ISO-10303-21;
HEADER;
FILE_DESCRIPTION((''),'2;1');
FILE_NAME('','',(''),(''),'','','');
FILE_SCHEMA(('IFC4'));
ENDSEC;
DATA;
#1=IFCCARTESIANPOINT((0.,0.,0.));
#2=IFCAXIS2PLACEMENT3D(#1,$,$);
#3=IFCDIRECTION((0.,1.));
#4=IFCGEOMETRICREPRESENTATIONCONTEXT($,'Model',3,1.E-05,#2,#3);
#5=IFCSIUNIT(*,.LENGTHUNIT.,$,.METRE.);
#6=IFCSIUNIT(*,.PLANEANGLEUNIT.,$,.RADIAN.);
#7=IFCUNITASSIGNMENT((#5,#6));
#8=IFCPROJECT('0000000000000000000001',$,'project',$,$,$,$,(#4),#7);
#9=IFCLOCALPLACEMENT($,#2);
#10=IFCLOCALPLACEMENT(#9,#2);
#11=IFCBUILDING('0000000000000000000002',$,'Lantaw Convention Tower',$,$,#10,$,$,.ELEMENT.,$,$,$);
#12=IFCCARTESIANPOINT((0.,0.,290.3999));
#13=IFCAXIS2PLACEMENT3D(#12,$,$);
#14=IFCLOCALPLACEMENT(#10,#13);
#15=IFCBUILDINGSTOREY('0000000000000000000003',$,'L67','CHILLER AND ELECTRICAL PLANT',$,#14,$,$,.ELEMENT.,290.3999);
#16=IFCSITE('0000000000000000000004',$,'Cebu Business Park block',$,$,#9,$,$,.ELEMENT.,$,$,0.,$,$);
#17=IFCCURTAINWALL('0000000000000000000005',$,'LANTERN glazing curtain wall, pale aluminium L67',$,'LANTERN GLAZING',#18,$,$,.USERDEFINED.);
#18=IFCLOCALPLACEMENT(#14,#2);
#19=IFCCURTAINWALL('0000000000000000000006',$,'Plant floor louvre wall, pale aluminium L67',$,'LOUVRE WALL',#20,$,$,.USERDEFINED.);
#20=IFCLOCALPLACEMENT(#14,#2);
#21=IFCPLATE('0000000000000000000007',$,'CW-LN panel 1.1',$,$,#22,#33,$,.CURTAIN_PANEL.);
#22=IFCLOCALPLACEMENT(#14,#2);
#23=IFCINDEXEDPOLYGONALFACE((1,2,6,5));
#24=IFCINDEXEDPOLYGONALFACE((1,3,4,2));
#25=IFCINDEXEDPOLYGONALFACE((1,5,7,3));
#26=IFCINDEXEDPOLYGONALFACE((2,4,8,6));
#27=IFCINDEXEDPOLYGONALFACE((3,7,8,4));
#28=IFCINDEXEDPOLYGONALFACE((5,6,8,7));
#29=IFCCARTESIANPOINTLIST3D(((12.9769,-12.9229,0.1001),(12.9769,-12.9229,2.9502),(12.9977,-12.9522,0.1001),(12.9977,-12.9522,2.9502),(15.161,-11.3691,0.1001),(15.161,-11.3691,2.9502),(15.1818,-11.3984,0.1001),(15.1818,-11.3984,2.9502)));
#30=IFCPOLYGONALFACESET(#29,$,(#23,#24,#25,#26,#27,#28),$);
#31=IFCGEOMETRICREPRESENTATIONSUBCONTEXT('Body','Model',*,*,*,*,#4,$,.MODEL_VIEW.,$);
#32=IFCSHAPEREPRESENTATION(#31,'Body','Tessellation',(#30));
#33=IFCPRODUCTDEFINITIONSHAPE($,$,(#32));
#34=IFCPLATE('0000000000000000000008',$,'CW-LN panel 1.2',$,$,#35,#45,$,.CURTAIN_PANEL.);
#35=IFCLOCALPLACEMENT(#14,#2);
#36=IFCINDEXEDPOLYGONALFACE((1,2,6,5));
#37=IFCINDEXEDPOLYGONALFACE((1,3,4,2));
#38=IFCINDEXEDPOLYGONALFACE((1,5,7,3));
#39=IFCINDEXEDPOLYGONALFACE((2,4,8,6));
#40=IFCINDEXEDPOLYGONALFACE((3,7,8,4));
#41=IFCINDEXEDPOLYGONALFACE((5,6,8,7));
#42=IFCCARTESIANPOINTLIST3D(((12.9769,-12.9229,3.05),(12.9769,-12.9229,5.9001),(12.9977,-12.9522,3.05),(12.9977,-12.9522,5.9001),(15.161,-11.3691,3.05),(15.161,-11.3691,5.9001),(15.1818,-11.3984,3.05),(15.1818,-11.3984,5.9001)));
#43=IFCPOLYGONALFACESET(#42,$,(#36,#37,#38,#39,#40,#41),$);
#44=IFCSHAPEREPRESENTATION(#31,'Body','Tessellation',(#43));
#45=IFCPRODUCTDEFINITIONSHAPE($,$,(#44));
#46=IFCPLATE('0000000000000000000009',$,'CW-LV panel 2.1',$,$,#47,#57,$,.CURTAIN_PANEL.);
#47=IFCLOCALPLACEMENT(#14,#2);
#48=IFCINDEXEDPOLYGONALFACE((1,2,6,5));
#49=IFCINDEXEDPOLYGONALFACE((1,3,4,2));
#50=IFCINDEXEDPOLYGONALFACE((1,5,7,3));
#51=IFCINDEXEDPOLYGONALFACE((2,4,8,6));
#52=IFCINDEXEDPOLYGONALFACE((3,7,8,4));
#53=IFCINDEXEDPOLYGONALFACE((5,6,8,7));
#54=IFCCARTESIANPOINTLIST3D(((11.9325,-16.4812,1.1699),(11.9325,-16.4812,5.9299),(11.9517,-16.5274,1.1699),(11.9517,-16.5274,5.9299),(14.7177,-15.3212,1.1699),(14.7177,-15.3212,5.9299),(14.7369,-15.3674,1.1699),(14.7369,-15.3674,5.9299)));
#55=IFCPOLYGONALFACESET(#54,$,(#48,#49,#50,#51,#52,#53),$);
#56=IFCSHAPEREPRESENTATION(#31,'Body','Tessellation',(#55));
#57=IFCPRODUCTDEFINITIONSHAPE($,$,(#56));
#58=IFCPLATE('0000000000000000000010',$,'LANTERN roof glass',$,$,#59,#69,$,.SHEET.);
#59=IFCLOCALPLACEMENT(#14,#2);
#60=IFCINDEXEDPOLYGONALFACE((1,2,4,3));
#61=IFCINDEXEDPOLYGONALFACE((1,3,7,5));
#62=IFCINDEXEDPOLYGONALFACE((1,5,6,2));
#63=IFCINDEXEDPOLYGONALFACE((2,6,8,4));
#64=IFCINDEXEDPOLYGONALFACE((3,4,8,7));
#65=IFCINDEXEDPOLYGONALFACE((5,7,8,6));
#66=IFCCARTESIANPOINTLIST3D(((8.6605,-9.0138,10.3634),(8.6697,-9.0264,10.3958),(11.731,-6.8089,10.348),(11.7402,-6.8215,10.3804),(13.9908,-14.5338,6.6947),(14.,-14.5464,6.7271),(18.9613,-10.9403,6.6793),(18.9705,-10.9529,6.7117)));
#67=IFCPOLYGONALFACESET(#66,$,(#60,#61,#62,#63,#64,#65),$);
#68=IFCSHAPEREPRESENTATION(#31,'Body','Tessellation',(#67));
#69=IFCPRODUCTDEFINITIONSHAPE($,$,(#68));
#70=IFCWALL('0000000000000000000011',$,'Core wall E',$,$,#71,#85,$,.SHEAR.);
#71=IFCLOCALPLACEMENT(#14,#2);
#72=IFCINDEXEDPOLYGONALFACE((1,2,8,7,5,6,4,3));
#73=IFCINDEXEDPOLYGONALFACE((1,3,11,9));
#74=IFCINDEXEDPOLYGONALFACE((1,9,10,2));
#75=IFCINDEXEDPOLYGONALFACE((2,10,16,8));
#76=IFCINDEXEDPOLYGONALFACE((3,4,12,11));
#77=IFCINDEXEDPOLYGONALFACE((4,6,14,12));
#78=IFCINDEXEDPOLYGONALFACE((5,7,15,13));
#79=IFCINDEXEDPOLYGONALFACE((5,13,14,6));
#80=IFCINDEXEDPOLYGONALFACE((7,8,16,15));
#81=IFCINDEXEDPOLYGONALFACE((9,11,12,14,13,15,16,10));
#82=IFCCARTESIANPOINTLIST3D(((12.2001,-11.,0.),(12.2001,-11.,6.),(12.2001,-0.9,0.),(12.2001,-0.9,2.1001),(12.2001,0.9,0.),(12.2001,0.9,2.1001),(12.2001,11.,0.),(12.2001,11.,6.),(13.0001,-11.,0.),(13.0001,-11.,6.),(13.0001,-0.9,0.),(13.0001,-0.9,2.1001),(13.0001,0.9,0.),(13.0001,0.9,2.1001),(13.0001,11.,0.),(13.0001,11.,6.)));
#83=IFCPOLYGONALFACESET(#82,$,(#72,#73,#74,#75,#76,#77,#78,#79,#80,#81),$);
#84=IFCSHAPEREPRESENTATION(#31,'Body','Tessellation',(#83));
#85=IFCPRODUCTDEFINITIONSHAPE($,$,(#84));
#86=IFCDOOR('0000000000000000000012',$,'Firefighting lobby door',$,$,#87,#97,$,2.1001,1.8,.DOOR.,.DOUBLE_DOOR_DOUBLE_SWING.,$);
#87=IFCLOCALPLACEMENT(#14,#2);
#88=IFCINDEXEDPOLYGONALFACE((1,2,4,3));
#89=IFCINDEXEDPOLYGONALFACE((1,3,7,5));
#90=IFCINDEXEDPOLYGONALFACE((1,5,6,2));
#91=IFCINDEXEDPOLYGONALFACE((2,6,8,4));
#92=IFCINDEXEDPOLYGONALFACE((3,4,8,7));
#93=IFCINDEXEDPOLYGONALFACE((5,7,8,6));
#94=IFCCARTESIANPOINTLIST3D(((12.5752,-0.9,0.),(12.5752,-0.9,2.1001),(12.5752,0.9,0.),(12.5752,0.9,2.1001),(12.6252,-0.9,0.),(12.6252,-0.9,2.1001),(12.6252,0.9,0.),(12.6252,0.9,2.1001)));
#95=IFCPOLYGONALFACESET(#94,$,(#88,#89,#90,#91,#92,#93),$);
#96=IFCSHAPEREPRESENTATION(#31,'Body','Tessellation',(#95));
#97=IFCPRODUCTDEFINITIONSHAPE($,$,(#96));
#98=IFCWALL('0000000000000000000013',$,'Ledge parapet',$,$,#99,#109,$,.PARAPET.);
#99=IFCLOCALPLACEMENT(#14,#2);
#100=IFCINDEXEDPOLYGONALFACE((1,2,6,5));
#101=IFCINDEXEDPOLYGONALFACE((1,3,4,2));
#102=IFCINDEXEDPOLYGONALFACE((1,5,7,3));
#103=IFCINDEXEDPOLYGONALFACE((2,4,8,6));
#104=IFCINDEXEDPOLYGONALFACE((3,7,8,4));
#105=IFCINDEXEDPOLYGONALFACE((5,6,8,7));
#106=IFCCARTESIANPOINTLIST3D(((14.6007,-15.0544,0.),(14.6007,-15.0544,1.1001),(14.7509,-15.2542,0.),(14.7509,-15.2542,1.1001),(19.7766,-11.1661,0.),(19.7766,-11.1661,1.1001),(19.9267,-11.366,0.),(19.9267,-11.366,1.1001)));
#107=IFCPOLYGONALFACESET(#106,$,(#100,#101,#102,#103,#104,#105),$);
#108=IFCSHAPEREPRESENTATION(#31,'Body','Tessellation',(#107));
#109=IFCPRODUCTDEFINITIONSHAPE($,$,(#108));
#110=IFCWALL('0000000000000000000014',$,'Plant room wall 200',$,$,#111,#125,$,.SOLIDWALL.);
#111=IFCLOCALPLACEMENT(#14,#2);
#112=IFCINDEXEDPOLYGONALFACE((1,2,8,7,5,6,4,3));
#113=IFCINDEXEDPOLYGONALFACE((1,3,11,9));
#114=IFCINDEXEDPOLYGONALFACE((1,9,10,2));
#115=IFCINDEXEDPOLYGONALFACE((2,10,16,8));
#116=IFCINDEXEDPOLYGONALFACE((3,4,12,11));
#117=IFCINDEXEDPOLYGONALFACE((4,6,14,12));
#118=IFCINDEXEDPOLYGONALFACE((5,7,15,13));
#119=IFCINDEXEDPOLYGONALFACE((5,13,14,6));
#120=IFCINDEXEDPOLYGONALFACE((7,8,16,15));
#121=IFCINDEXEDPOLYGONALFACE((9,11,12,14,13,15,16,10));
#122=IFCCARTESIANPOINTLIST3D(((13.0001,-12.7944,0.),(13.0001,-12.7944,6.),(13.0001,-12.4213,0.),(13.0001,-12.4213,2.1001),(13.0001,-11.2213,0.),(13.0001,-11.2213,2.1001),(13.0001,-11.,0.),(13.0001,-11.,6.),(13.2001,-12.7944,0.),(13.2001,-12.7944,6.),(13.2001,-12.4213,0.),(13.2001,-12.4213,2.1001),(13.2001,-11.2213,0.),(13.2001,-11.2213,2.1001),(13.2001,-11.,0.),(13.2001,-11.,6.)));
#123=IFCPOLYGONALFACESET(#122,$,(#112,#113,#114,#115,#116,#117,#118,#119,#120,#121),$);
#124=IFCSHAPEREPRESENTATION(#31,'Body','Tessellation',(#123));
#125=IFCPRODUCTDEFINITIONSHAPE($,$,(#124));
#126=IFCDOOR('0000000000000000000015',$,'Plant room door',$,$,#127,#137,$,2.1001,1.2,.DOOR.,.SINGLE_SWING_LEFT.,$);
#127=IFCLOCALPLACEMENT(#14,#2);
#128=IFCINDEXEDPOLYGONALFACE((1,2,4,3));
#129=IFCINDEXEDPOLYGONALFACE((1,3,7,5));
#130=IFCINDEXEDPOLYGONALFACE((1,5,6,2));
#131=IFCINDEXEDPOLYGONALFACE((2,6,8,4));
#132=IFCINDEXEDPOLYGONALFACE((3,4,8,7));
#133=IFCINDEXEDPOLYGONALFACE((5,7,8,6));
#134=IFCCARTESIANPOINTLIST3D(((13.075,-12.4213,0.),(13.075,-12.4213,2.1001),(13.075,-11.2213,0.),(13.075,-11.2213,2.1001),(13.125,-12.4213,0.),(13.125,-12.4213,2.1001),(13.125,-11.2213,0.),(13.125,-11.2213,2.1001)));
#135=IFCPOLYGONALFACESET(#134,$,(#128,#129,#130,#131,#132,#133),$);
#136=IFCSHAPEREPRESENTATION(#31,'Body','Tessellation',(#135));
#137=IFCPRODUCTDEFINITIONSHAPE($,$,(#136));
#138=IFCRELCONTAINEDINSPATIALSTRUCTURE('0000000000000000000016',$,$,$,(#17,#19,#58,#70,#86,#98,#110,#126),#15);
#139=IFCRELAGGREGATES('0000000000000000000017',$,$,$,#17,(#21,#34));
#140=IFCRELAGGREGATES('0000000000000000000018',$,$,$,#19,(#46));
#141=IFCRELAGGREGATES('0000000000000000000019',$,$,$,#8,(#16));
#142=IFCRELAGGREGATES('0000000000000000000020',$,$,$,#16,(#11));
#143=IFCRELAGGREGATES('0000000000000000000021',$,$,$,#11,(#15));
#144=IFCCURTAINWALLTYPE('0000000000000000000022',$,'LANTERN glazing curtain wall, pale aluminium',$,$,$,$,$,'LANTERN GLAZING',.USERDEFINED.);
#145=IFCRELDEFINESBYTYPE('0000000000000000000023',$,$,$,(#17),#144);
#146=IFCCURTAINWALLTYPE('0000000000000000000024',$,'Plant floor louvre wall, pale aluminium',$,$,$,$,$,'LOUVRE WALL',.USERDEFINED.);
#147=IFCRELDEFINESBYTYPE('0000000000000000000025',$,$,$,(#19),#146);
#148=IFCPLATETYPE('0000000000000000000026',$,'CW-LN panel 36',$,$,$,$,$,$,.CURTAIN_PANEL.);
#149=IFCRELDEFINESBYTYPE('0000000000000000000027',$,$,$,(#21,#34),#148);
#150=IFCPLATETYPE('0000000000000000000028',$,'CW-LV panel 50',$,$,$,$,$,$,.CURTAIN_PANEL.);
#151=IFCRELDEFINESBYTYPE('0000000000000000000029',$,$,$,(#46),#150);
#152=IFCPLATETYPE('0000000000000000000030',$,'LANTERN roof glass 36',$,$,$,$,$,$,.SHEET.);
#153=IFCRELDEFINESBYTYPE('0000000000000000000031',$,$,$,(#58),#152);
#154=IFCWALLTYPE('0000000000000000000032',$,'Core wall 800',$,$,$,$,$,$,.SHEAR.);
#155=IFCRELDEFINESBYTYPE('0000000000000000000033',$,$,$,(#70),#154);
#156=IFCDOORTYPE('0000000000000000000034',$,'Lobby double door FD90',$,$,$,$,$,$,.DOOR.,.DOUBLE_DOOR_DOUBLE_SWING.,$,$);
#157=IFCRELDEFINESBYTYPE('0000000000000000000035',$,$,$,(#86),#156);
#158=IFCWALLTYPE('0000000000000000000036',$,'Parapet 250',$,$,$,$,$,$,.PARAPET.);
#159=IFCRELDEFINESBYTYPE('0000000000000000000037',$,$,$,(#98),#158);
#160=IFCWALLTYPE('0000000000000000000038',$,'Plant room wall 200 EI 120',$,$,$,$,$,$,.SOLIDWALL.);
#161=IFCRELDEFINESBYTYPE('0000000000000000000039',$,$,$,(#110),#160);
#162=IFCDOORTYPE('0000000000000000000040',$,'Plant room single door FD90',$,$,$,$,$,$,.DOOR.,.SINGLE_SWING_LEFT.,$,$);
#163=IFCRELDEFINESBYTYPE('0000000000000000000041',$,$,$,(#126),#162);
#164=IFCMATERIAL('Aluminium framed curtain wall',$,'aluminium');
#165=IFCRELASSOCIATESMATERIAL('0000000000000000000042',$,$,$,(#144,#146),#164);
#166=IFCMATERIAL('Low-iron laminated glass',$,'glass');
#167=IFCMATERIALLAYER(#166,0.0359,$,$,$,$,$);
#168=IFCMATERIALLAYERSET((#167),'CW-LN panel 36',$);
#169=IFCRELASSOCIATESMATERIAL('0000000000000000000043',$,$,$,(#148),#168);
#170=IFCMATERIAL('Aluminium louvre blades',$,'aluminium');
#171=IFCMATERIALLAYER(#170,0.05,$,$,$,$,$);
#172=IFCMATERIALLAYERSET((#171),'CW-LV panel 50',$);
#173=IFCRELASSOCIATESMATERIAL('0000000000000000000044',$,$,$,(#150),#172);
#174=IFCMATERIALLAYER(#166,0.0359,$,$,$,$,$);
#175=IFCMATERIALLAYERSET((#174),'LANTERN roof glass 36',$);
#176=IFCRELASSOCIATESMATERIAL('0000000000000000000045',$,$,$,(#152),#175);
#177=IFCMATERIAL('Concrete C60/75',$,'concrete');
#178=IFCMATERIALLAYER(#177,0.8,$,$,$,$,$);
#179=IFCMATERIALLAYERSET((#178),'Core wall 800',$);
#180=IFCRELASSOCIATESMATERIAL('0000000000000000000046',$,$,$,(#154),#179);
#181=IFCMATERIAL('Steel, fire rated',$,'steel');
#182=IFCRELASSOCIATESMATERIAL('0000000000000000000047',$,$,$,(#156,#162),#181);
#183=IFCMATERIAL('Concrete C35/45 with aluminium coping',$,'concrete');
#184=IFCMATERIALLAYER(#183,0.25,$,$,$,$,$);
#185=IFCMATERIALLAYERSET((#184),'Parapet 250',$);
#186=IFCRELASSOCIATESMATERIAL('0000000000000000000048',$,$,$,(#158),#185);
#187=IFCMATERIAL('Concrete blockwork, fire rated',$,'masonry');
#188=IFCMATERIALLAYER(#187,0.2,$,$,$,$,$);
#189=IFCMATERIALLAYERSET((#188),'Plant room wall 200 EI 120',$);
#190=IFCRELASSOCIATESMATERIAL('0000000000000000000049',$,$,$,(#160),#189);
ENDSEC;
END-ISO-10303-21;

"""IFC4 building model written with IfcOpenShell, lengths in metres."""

from ifc_helpers import new_model, si_unit, direction, frame, frame_2d, origin, origin_2d, place, context, subcontext, project, spatial, polyline, rectangle, outline, extrude, material, layer, layer_set, type_object, element, fill, aggregate, save


model = new_model("IFC4")

# Units and contexts
model_context = context("Model", 3, precision=1e-05, world=origin(), true_north=direction((0.0, 1.0)))
body_context = subcontext(model_context, "Body", "Model", "MODEL_VIEW")
ifc_project = project(units=[si_unit("LENGTHUNIT", "METRE"), si_unit("PLANEANGLEUNIT", "RADIAN")], contexts=[model_context])

# Site, building, storey
site_placement = place(None, origin())
site = spatial("IfcSite", under=ifc_project, at=site_placement, Name="Cebu Business Park block", CompositionType="ELEMENT", RefElevation=0.0)
building_placement = place(site_placement, origin())
building = spatial("IfcBuilding", under=site, at=building_placement, Name="Lantaw Convention Tower", CompositionType="ELEMENT")
storey_placement = place(building_placement, frame((0.0, 0.0, 290.3999)))
storey = spatial("IfcBuildingStorey", under=building, at=storey_placement, Name="L67", Description="CHILLER AND ELECTRICAL PLANT", CompositionType="ELEMENT", Elevation=290.3999)

# Shared definitions
ifc_material_1 = material(Name="Concrete C60/75", Category="concrete")

# Shared definitions
ifc_material_2 = material(Name="Aluminium framed curtain wall", Category="aluminium")
curtain_wall_type_1 = type_object("IfcCurtainWallType", Name="LANTERN glazing curtain wall, pale aluminium", ElementType="LANTERN GLAZING", PredefinedType="USERDEFINED", material=ifc_material_2)

# Curtain walls
curtain_wall_1_placement = place(storey_placement, origin())
curtain_wall_1 = element("IfcCurtainWall", 1, at=curtain_wall_1_placement, inside=storey, type_object=curtain_wall_type_1, Name="LANTERN glazing curtain wall, pale aluminium L67", ObjectType="LANTERN GLAZING", PredefinedType="USERDEFINED")
curtain_wall_type_2 = type_object("IfcCurtainWallType", Name="Plant floor louvre wall, pale aluminium", ElementType="LOUVRE WALL", PredefinedType="USERDEFINED", material=ifc_material_2)
curtain_wall_2_placement = place(storey_placement, origin())
curtain_wall_2 = element("IfcCurtainWall", 2, at=curtain_wall_2_placement, inside=storey, type_object=curtain_wall_type_2, Name="Plant floor louvre wall, pale aluminium L67", ObjectType="LOUVRE WALL", PredefinedType="USERDEFINED")

# Plates
ifc_material_3 = material(Name="Low-iron laminated glass", Category="glass")
ifc_layer_1 = layer(ifc_material_3, 0.0359)
ifc_layer_set_1 = layer_set([ifc_layer_1], Name="CW-LN panel 36")
plate_type_1 = type_object("IfcPlateType", Name="CW-LN panel 36", PredefinedType="CURTAIN_PANEL", material=ifc_layer_set_1)
plate_1_placement = place(storey_placement, frame((14.0793, -12.1606, 0.1001), z_axis=(0.0, 0.0, 1.0), x_axis=(0.814841, 0.579684, 0.0)))
plate_1 = element("IfcPlate", 3, at=plate_1_placement, type_object=plate_type_1, Name="CW-LN panel 1.1", PredefinedType="CURTAIN_PANEL", context=body_context, shape_type="SweptSolid", body=[
    extrude(rectangle(XDim=2.6804, YDim=0.0359, at=origin_2d()), origin(), (0.0, 0.0, 1.0), 2.8501),
])
plate_2_placement = place(storey_placement, frame((14.0793, -12.1606, 3.05), z_axis=(0.0, 0.0, 1.0), x_axis=(0.814841, 0.579684, 0.0)))
plate_2 = element("IfcPlate", 4, at=plate_2_placement, type_object=plate_type_1, Name="CW-LN panel 1.2", PredefinedType="CURTAIN_PANEL", context=body_context, shape_type="SweptSolid", body=[
    extrude(rectangle(XDim=2.6804, YDim=0.0359, at=origin_2d()), origin(), (0.0, 0.0, 1.0), 2.8501),
])
aggregate(curtain_wall_1, [plate_1, plate_2])
ifc_material_4 = material(Name="Aluminium louvre blades", Category="aluminium")
ifc_layer_2 = layer(ifc_material_4, 0.05)
ifc_layer_set_2 = layer_set([ifc_layer_2], Name="CW-LV panel 50")
plate_type_2 = type_object("IfcPlateType", Name="CW-LV panel 50", PredefinedType="CURTAIN_PANEL", material=ifc_layer_set_2)
plate_3_placement = place(storey_placement, frame((13.3347, -15.9243, 1.1699), z_axis=(0.0, 0.0, 1.0), x_axis=(0.923142, 0.38446, 0.0)))
plate_3 = element("IfcPlate", 5, at=plate_3_placement, type_object=plate_type_2, Name="CW-LV panel 2.1", PredefinedType="CURTAIN_PANEL", context=body_context, shape_type="SweptSolid", body=[
    extrude(rectangle(XDim=3.0171, YDim=0.05, at=origin_2d()), origin(), (0.0, 0.0, 1.0), 4.76),
])
aggregate(curtain_wall_2, [plate_3])
ifc_layer_3 = layer(ifc_material_3, 0.0359)
ifc_layer_set_3 = layer_set([ifc_layer_3], Name="LANTERN roof glass 36")
plate_type_3 = type_object("IfcPlateType", Name="LANTERN roof glass 36", PredefinedType="SHEET", material=ifc_layer_set_3)
plate_4_placement = place(storey_placement, frame((14.0, -14.5464, 6.7271), z_axis=(0.256476, -0.350897, 0.900606), x_axis=(0.810388, 0.585888, -0.002508)))
element("IfcPlate", 6, at=plate_4_placement, inside=storey, type_object=plate_type_3, Name="LANTERN roof glass", PredefinedType="SHEET", context=body_context, shape_type="SweptSolid", body=[
    extrude(outline(polyline([(0.0, 0.0), (6.1334, 0.0), (2.6855, 8.4211), (-1.0947, 8.4347), (0.0, 0.0)])), origin(), (0.0, 0.0, -1.0), 0.0359),
])

# Wall, opening, door
ifc_layer_4 = layer(ifc_material_1, 0.8)
ifc_layer_set_4 = layer_set([ifc_layer_4], Name="Core wall 800")
wall_type_1 = type_object("IfcWallType", Name="Core wall 800", PredefinedType="SHEAR", material=ifc_layer_set_4)
wall_1_placement = place(storey_placement, frame((12.6001, -11.0, 0.0), z_axis=(0.0, 0.0, 1.0), x_axis=(0.0, 1.0, 0.0)))
wall_1 = element("IfcWall", 7, at=wall_1_placement, inside=storey, type_object=wall_type_1, Name="Core wall E", PredefinedType="SHEAR", context=body_context, shape_type="SweptSolid", body=[
    extrude(rectangle(XDim=22.0, YDim=0.8, at=frame_2d((11.0, 0.0))), origin(), (0.0, 0.0, 1.0), 6.0),
])
opening_1_placement = place(wall_1_placement, frame((10.1001, 0.0, 0.0)))
opening_1 = element("IfcOpeningElement", 8, at=opening_1_placement, cuts=wall_1, PredefinedType="OPENING", context=body_context, shape_type="SweptSolid", body=[
    extrude(rectangle(XDim=1.8, YDim=2.1001, at=frame_2d((0.8999, 1.05))), frame((0.0, 0.4099, 0.0), z_axis=(0.0, -1.0, 0.0), x_axis=(1.0, 0.0, 0.0)), (0.0, 0.0, 1.0), 0.8201),
])
ifc_material_5 = material(Name="Steel, fire rated", Category="steel")
door_type_1 = type_object("IfcDoorType", Name="Lobby double door FD90", OperationType="DOUBLE_DOOR_DOUBLE_SWING", PredefinedType="DOOR", material=ifc_material_5)
door_1_placement = place(opening_1_placement, origin())
door_1 = element("IfcDoor", 9, at=door_1_placement, inside=storey, type_object=door_type_1, Name="Firefighting lobby door", OperationType="DOUBLE_DOOR_DOUBLE_SWING", OverallHeight=2.1001, OverallWidth=1.8, PredefinedType="DOOR", context=body_context, shape_type="SweptSolid", body=[
    extrude(rectangle(XDim=1.8, YDim=2.1001, at=frame_2d((0.8999, 1.05))), frame((0.0, 0.0249, 0.0), z_axis=(0.0, -1.0, 0.0), x_axis=(1.0, 0.0, 0.0)), (0.0, 0.0, 1.0), 0.05),
])
fill(opening_1, door_1)

# Wall
ifc_material_6 = material(Name="Concrete C35/45 with aluminium coping", Category="concrete")
ifc_layer_5 = layer(ifc_material_6, 0.25)
ifc_layer_set_5 = layer_set([ifc_layer_5], Name="Parapet 250")
wall_type_2 = type_object("IfcWallType", Name="Parapet 250", PredefinedType="PARAPET", material=ifc_layer_set_5)
wall_2_placement = place(storey_placement, frame((14.6758, -15.1543, 0.0), z_axis=(0.0, 0.0, 1.0), x_axis=(0.799529, 0.600627, 0.0)))
element("IfcWall", 10, at=wall_2_placement, inside=storey, type_object=wall_type_2, Name="Ledge parapet", PredefinedType="PARAPET", context=body_context, shape_type="SweptSolid", body=[
    extrude(rectangle(XDim=6.4736, YDim=0.25, at=frame_2d((3.2368, 0.0))), origin(), (0.0, 0.0, 1.0), 1.1001),
])

# Wall, opening, door
ifc_material_7 = material(Name="Concrete blockwork, fire rated", Category="masonry")
ifc_layer_6 = layer(ifc_material_7, 0.2)
ifc_layer_set_6 = layer_set([ifc_layer_6], Name="Plant room wall 200 EI 120")
wall_type_3 = type_object("IfcWallType", Name="Plant room wall 200 EI 120", PredefinedType="SOLIDWALL", material=ifc_layer_set_6)
wall_3_placement = place(storey_placement, frame((13.1001, -11.0, 0.0), z_axis=(0.0, 0.0, 1.0), x_axis=(0.0, -1.0, 0.0)))
wall_3 = element("IfcWall", 11, at=wall_3_placement, inside=storey, type_object=wall_type_3, Name="Plant room wall 200", PredefinedType="SOLIDWALL", context=body_context, shape_type="SweptSolid", body=[
    extrude(rectangle(XDim=1.7944, YDim=0.2, at=frame_2d((0.8972, 0.0))), origin(), (0.0, 0.0, 1.0), 6.0),
])
opening_2_placement = place(wall_3_placement, frame((0.2212, 0.0, 0.0)))
opening_2 = element("IfcOpeningElement", 12, at=opening_2_placement, cuts=wall_3, PredefinedType="OPENING", context=body_context, shape_type="SweptSolid", body=[
    extrude(rectangle(XDim=1.2, YDim=2.1001, at=frame_2d((0.6001, 1.05))), frame((0.0, 0.1099, 0.0), z_axis=(0.0, -1.0, 0.0), x_axis=(1.0, 0.0, 0.0)), (0.0, 0.0, 1.0), 0.22),
])
door_type_2 = type_object("IfcDoorType", Name="Plant room single door FD90", OperationType="SINGLE_SWING_LEFT", PredefinedType="DOOR", material=ifc_material_5)
door_2_placement = place(opening_2_placement, origin())
door_2 = element("IfcDoor", 13, at=door_2_placement, inside=storey, type_object=door_type_2, Name="Plant room door", OperationType="SINGLE_SWING_LEFT", OverallHeight=2.1001, OverallWidth=1.2, PredefinedType="DOOR", context=body_context, shape_type="SweptSolid", body=[
    extrude(rectangle(XDim=1.2, YDim=2.1001, at=frame_2d((0.6001, 1.05))), frame((0.0, 0.0249, 0.0), z_axis=(0.0, -1.0, 0.0), x_axis=(1.0, 0.0, 0.0)), (0.0, 0.0, 1.0), 0.05),
])
fill(opening_2, door_2)

save(model, "model.ifc")
